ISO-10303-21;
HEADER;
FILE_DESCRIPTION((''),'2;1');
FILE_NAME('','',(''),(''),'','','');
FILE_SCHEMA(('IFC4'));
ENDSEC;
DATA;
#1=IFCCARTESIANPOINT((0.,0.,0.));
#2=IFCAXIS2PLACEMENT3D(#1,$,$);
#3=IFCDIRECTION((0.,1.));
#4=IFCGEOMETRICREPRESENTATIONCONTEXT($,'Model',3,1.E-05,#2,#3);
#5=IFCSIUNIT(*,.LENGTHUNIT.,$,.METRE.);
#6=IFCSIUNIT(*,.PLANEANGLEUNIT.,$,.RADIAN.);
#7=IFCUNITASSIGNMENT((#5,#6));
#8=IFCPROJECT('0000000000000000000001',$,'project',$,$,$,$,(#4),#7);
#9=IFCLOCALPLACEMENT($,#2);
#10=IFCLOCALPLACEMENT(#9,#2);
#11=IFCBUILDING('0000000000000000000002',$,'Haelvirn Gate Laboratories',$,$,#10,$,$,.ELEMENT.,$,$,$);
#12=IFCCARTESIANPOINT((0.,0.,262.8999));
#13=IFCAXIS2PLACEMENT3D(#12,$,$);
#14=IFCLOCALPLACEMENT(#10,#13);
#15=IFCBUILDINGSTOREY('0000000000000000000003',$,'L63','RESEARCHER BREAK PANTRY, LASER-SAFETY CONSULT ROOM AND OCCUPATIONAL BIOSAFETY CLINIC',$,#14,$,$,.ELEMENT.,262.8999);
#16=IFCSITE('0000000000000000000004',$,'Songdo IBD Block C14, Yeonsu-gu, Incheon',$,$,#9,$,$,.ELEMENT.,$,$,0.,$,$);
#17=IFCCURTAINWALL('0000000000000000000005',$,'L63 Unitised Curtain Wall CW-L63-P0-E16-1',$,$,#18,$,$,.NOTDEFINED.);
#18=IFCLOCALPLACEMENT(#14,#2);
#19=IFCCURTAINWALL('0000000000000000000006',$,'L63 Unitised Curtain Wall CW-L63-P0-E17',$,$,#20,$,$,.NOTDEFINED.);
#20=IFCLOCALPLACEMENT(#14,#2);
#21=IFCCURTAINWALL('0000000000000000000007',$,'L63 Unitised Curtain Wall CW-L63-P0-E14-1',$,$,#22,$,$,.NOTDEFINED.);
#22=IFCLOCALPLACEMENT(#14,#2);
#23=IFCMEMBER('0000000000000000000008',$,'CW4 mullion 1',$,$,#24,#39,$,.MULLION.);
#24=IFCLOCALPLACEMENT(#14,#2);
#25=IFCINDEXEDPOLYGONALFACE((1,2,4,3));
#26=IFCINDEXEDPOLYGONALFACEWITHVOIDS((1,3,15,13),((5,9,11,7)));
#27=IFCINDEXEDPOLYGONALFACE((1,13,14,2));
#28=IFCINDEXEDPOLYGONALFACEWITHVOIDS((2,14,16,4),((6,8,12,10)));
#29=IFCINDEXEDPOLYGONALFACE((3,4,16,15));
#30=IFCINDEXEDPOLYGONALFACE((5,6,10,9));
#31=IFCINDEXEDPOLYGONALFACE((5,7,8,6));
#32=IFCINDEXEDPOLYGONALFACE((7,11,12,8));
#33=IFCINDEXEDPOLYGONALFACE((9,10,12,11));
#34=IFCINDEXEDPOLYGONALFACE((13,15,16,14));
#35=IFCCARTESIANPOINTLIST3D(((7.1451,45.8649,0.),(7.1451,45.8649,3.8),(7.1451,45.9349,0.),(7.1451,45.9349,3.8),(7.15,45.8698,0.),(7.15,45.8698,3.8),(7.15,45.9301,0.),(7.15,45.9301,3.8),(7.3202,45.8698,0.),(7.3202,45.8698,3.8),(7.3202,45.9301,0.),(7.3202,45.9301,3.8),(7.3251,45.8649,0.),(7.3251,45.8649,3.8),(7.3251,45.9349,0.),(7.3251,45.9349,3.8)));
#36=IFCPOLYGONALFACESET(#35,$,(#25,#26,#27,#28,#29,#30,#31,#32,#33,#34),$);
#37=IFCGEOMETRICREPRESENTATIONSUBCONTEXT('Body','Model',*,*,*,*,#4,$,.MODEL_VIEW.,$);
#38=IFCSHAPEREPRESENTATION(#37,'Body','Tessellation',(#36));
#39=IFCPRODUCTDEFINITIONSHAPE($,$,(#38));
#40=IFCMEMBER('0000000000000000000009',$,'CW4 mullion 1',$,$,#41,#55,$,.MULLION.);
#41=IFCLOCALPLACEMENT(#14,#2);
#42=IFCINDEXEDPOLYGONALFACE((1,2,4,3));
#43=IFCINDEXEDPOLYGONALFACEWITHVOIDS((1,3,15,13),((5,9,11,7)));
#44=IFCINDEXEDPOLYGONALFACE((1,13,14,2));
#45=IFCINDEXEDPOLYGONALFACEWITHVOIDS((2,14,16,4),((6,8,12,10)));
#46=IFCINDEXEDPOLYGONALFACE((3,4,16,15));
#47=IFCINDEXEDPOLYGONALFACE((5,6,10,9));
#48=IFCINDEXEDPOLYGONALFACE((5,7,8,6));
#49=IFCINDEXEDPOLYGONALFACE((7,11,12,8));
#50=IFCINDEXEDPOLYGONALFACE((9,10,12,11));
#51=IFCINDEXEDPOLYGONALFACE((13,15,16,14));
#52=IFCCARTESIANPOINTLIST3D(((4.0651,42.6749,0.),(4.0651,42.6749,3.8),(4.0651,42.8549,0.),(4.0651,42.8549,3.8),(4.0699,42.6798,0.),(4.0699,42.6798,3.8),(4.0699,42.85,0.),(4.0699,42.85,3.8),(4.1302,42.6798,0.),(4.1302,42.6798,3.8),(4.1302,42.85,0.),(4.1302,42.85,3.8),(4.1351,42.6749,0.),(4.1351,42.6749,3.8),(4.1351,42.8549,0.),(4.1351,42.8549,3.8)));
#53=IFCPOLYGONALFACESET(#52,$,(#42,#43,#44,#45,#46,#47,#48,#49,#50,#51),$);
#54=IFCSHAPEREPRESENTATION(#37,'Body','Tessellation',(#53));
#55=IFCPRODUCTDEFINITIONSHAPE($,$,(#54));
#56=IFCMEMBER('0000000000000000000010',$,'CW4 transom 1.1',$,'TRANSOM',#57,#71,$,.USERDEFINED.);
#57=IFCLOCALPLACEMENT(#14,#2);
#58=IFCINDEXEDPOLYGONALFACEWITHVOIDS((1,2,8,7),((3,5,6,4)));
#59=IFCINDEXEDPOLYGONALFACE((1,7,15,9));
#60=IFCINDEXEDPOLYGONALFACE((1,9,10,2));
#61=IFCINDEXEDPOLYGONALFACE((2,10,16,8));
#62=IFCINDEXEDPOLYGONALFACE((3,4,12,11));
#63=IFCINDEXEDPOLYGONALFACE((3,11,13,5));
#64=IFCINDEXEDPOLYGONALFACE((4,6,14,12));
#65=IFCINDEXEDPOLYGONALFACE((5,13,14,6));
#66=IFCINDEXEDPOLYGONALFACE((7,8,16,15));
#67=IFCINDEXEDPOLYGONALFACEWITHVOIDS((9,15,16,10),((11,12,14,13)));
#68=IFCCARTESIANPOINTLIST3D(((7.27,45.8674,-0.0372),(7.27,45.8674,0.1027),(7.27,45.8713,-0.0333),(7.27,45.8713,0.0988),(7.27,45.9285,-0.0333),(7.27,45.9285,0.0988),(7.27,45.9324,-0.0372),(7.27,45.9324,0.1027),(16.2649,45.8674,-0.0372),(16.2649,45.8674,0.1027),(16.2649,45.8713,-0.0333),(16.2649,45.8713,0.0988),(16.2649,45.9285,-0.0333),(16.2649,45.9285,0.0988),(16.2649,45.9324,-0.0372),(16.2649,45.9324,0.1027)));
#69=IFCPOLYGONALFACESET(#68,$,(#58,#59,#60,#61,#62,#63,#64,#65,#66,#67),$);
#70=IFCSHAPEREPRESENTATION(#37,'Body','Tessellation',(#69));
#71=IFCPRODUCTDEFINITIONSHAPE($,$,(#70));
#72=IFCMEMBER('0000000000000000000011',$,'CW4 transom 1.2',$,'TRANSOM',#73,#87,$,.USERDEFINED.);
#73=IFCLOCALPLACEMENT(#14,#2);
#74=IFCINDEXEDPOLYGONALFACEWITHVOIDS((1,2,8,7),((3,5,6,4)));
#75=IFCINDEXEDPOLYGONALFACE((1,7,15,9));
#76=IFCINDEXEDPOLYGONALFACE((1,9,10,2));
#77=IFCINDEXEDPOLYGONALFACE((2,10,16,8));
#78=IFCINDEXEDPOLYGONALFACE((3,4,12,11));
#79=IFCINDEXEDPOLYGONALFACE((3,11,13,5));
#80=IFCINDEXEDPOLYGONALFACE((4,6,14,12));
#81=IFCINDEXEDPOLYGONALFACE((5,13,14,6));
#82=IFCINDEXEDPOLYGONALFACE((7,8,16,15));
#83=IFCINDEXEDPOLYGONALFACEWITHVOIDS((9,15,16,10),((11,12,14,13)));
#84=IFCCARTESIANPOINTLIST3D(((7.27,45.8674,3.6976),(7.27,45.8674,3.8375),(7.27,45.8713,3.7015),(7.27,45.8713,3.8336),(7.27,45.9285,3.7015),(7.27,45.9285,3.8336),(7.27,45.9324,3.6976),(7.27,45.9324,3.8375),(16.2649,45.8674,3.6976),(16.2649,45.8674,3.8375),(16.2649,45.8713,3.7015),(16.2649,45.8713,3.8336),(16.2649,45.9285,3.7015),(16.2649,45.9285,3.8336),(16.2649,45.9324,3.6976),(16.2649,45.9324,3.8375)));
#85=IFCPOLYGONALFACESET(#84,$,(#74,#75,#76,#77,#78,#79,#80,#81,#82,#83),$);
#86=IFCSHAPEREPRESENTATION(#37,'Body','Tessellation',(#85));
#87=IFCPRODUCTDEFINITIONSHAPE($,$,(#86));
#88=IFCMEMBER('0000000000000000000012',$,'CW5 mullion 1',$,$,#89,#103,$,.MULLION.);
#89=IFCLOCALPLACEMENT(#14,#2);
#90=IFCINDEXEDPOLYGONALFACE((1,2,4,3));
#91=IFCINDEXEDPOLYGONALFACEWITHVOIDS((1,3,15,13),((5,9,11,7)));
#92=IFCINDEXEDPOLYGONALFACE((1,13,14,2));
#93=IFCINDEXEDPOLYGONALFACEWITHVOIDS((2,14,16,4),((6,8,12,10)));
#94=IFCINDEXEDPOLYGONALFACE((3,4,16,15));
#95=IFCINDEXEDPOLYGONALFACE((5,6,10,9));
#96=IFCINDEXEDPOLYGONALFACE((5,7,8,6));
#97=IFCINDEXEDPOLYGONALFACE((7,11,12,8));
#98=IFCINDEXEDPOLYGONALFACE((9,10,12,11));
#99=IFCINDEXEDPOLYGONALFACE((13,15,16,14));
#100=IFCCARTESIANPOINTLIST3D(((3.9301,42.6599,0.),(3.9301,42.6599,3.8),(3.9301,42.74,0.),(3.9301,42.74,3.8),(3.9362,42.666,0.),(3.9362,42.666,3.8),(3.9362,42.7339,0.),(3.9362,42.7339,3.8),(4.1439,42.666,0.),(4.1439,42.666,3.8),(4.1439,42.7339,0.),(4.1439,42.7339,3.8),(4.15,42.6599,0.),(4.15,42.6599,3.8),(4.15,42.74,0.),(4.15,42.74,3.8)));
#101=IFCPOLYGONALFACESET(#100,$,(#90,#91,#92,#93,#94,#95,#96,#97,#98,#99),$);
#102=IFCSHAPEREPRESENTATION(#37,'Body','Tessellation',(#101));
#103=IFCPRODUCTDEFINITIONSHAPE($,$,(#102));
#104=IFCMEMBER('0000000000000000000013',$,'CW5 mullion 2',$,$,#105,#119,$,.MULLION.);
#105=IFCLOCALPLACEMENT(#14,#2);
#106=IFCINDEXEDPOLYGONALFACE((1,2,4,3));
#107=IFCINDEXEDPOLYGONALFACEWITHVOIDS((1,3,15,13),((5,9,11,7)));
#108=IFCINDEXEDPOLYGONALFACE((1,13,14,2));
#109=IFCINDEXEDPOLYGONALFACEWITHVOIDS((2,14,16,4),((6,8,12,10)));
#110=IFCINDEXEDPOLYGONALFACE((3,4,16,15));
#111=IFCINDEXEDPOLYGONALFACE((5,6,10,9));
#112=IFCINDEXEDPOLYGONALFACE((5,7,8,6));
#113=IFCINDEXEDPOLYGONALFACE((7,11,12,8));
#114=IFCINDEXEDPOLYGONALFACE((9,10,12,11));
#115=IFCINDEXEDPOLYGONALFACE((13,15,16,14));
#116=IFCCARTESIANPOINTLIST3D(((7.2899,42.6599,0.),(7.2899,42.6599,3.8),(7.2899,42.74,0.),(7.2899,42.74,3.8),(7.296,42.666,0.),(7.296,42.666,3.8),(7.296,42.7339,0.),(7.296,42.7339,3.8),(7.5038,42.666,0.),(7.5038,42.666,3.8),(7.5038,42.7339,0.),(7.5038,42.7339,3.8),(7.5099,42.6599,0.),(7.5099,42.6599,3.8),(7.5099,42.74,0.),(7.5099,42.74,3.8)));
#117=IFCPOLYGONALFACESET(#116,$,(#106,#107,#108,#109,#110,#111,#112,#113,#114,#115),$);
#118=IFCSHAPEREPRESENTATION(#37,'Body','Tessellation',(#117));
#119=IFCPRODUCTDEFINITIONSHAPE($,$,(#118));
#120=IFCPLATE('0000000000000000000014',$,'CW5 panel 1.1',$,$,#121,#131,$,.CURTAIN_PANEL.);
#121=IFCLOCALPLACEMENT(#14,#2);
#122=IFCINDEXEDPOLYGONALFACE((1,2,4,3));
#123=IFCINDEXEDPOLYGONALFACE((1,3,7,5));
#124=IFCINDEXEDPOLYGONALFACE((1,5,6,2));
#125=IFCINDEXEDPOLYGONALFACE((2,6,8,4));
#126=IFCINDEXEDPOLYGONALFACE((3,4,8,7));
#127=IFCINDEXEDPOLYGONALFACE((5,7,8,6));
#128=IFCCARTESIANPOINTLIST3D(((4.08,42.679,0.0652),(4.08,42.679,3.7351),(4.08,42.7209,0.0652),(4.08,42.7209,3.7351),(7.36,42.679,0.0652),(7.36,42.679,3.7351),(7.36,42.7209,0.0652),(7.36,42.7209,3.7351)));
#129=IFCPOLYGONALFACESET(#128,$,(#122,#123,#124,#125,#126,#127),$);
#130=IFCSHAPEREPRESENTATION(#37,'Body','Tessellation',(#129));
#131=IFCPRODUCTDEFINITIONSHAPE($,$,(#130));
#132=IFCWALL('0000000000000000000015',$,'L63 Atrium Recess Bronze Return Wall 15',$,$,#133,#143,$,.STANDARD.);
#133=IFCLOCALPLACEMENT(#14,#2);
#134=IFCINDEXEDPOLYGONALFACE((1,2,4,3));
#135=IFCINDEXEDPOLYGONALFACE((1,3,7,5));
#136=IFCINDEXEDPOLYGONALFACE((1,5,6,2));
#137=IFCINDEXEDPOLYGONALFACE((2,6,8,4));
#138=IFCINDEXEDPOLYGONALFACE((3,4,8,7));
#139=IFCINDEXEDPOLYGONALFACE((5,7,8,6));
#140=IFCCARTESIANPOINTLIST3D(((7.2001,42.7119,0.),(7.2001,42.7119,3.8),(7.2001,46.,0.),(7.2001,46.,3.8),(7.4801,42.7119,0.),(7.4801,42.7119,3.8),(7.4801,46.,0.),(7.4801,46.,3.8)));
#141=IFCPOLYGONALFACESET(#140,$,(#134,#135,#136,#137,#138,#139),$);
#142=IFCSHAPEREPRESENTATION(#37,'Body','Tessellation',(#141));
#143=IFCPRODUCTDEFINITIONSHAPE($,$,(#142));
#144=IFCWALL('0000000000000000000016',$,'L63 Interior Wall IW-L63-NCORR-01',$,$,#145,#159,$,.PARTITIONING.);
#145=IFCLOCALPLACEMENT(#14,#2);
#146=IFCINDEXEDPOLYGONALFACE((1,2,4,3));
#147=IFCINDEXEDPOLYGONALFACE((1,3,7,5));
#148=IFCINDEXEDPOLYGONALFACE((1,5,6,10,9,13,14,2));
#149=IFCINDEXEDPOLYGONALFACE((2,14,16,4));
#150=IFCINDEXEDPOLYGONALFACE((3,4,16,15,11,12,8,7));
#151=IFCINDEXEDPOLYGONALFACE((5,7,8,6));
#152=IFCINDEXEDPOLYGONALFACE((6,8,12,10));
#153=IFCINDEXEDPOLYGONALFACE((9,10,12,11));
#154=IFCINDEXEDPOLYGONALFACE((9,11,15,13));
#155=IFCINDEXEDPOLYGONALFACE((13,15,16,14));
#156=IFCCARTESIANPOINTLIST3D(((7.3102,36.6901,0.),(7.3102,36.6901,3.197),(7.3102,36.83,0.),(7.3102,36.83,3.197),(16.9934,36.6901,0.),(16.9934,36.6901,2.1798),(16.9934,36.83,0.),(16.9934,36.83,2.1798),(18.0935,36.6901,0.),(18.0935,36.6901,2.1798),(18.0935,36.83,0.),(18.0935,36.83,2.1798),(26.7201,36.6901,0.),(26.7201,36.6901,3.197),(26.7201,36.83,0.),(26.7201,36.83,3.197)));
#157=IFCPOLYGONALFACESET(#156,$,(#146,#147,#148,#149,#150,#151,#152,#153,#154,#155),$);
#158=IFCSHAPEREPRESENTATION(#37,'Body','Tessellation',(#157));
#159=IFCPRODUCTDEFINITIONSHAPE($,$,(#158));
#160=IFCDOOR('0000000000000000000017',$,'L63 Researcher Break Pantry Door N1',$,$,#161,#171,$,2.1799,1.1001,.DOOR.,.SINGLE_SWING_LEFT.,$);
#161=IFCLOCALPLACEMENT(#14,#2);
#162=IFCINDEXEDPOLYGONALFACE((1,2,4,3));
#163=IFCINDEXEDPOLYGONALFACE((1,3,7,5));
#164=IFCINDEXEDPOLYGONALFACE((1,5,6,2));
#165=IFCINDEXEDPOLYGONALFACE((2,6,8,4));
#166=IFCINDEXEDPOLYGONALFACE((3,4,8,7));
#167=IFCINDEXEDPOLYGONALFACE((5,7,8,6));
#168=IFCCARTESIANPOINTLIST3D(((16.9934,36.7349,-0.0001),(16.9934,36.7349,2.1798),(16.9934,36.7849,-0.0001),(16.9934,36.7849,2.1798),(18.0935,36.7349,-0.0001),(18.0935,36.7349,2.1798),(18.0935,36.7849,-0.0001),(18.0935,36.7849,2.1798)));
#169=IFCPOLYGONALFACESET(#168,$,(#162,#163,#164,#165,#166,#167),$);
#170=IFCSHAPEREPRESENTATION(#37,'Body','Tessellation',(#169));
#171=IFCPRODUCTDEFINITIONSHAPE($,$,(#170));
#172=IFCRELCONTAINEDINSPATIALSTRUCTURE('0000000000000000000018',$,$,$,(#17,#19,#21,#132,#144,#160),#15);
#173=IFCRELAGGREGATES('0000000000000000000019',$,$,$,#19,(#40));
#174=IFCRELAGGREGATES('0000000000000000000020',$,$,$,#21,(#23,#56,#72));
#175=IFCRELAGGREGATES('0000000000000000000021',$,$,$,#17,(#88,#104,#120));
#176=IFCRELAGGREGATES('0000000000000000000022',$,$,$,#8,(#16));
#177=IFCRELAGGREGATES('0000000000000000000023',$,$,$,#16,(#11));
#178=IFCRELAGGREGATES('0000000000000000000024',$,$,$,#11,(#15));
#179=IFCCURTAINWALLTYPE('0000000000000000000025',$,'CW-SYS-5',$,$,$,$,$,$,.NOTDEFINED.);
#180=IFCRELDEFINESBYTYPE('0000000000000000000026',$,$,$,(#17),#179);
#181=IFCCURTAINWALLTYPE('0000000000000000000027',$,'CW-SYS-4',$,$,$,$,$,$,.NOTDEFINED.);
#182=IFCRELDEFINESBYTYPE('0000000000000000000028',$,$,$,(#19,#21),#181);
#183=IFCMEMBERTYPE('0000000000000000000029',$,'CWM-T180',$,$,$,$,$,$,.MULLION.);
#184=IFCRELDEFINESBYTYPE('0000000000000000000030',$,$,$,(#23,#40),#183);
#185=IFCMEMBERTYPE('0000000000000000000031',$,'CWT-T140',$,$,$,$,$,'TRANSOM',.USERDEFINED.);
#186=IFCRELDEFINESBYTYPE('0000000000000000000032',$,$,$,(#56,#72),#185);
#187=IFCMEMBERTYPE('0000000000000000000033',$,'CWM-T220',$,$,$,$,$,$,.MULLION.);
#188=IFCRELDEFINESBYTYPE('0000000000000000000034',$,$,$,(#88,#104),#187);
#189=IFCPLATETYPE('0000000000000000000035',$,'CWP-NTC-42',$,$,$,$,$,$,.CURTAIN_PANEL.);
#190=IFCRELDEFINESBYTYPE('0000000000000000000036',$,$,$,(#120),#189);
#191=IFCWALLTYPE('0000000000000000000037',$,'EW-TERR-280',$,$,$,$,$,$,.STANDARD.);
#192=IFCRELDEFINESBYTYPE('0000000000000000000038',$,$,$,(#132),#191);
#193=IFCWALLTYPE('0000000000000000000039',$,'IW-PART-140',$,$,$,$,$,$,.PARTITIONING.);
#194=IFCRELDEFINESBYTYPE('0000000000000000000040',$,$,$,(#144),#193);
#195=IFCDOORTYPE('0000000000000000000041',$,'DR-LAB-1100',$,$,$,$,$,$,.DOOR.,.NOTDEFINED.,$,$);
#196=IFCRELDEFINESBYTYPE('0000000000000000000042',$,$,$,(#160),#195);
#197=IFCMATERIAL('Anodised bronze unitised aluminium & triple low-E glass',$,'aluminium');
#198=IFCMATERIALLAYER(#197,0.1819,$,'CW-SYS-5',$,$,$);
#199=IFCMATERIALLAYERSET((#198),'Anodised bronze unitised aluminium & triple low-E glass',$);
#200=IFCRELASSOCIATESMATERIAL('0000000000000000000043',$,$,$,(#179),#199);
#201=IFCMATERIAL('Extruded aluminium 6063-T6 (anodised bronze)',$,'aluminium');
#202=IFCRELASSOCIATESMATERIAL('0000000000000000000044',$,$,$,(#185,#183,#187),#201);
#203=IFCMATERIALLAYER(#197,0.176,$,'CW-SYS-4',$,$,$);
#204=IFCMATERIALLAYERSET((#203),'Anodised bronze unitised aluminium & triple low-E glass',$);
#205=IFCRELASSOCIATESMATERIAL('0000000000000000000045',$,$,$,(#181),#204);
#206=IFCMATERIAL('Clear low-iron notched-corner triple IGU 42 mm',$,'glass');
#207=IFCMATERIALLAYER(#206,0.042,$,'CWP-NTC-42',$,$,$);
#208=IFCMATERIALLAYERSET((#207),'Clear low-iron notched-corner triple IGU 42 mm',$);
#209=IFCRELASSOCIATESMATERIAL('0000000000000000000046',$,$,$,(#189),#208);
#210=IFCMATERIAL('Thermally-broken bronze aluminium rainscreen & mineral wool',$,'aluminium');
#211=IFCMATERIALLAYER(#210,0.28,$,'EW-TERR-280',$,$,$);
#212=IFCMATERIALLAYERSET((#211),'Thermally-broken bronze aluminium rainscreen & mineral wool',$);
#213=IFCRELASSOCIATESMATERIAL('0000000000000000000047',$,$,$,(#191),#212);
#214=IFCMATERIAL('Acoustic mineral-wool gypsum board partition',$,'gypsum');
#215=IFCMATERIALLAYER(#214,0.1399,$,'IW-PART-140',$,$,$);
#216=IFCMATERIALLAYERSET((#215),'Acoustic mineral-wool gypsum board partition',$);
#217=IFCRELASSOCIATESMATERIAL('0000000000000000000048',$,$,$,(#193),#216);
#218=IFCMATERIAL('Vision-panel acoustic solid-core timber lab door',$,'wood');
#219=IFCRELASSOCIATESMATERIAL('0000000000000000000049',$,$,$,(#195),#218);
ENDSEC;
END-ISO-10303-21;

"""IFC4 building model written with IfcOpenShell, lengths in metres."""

from ifc_helpers import new_model, si_unit, direction, frame, frame_2d, origin, origin_2d, place, context, subcontext, project, spatial, rectangle, hollow_rectangle, extrude, source, transform, mapped, material, layer, layer_set, material_profile, profile_set, type_object, type_shapes, element, fill, aggregate, save


model = new_model("IFC4")

# Units and contexts
model_context = context("Model", 3, precision=1e-05, world=origin(), true_north=direction((0.0, 1.0)))
body_context = subcontext(model_context, "Body", "Model", "MODEL_VIEW")
ifc_project = project(units=[si_unit("LENGTHUNIT", "METRE"), si_unit("PLANEANGLEUNIT", "RADIAN")], contexts=[model_context])

# Site, building, storey
site_placement = place(None, origin())
site = spatial("IfcSite", under=ifc_project, at=site_placement, Name="Songdo IBD Block C14, Yeonsu-gu, Incheon", CompositionType="ELEMENT", RefElevation=0.0)
building_placement = place(site_placement, origin())
building = spatial("IfcBuilding", under=site, at=building_placement, Name="Haelvirn Gate Laboratories", CompositionType="ELEMENT")
storey_placement = place(building_placement, frame((0.0, 0.0, 262.8999)))
storey = spatial("IfcBuildingStorey", under=building, at=storey_placement, Name="L63", Description="RESEARCHER BREAK PANTRY, LASER-SAFETY CONSULT ROOM AND OCCUPATIONAL BIOSAFETY CLINIC", CompositionType="ELEMENT", Elevation=262.8999)

# Curtain walls
ifc_material_1 = material(Name="Anodised bronze unitised aluminium & triple low-E glass", Category="aluminium")
ifc_layer_1 = layer(ifc_material_1, 0.1819, Name="CW-SYS-5")
ifc_layer_set_1 = layer_set([ifc_layer_1], Name="Anodised bronze unitised aluminium & triple low-E glass")
curtain_wall_type_1 = type_object("IfcCurtainWallType", Name="CW-SYS-5", PredefinedType="NOTDEFINED", material=ifc_layer_set_1)
curtain_wall_1_placement = place(storey_placement, origin())
curtain_wall_1 = element("IfcCurtainWall", 1, at=curtain_wall_1_placement, inside=storey, type_object=curtain_wall_type_1, Name="L63 Unitised Curtain Wall CW-L63-P0-E16-1", PredefinedType="NOTDEFINED")
ifc_material_2 = material(Name="Extruded aluminium 6063-T6 (anodised bronze)", Category="aluminium")
ifc_material_profile_1 = material_profile(ifc_material_2, hollow_rectangle(XDim=0.0649, YDim=0.1399, WallThickness=0.0039, at=origin_2d()), Name="CWT-140x65x4")
ifc_profile_set_1 = profile_set([ifc_material_profile_1], Name="Extruded aluminium 6063-T6 (anodised bronze)")
member_type_1 = type_object("IfcMemberType", Name="CWT-T140", ElementType="TRANSOM", PredefinedType="USERDEFINED", material=ifc_profile_set_1)
ifc_layer_2 = layer(ifc_material_1, 0.176, Name="CW-SYS-4")
ifc_layer_set_2 = layer_set([ifc_layer_2], Name="Anodised bronze unitised aluminium & triple low-E glass")
curtain_wall_type_2 = type_object("IfcCurtainWallType", Name="CW-SYS-4", PredefinedType="NOTDEFINED", material=ifc_layer_set_2)
curtain_wall_2_placement = place(storey_placement, origin())
curtain_wall_2 = element("IfcCurtainWall", 2, at=curtain_wall_2_placement, inside=storey, type_object=curtain_wall_type_2, Name="L63 Unitised Curtain Wall CW-L63-P0-E17", PredefinedType="NOTDEFINED")

# Curtain wall, member
curtain_wall_3_placement = place(storey_placement, origin())
curtain_wall_3 = element("IfcCurtainWall", 3, at=curtain_wall_3_placement, inside=storey, type_object=curtain_wall_type_2, Name="L63 Unitised Curtain Wall CW-L63-P0-E14-1", PredefinedType="NOTDEFINED")
ifc_material_profile_2 = material_profile(ifc_material_2, hollow_rectangle(XDim=0.0701, YDim=0.1799, WallThickness=0.0049, at=origin_2d()), Name="CWM-180x70x5")
ifc_profile_set_2 = profile_set([ifc_material_profile_2], Name="Extruded aluminium 6063-T6 (anodised bronze)")
member_type_2 = type_object("IfcMemberType", Name="CWM-T180", PredefinedType="MULLION", material=ifc_profile_set_2)
shared_shape_1 = source(origin(), body_context, "Body", "SweptSolid", [
    extrude(hollow_rectangle(XDim=0.0701, YDim=0.1799, WallThickness=0.0049, at=origin_2d()), origin(), (0.0, 0.0, 1.0), 3.8),
])
type_shapes(member_type_2, [shared_shape_1])
member_1_placement = place(storey_placement, frame((7.2351, 45.8999, 0.0), z_axis=(0.0, 0.0, 1.0), x_axis=(0.0, 1.0, 0.0)))
member_1 = element("IfcMember", 4, at=member_1_placement, type_object=member_type_2, Name="CW4 mullion 1", PredefinedType="MULLION", context=body_context, shape_type="MappedRepresentation", body=[
    mapped(shared_shape_1, transform((0.0, 0.0, 0.0), scale=1.0)),
])

# Members
member_2_placement = place(storey_placement, frame((4.1001, 42.7649, 0.0), z_axis=(0.0, 0.0, 1.0), x_axis=(1.0, 0.0, 0.0)))
member_2 = element("IfcMember", 5, at=member_2_placement, type_object=member_type_2, Name="CW4 mullion 1", PredefinedType="MULLION", context=body_context, shape_type="MappedRepresentation", body=[
    mapped(shared_shape_1, transform((0.0, 0.0, 0.0), scale=1.0)),
])
aggregate(curtain_wall_2, [member_2])
shared_shape_2 = source(origin(), body_context, "Body", "SweptSolid", [
    extrude(hollow_rectangle(XDim=0.0649, YDim=0.1399, WallThickness=0.0039, at=origin_2d()), origin(), (0.0, 0.0, 1.0), 8.9949),
])
member_3_placement = place(storey_placement, frame((7.27, 45.8999, 0.0327), z_axis=(1.0, 0.0, 0.0), x_axis=(0.0, 1.0, 0.0)))
member_3 = element("IfcMember", 6, at=member_3_placement, type_object=member_type_1, Name="CW4 transom 1.1", ObjectType="TRANSOM", PredefinedType="USERDEFINED", context=body_context, shape_type="MappedRepresentation", body=[
    mapped(shared_shape_2, transform((0.0, 0.0, 0.0), scale=1.0)),
])
member_4_placement = place(storey_placement, frame((7.27, 45.8999, 3.7676), z_axis=(1.0, 0.0, 0.0), x_axis=(0.0, 1.0, 0.0)))
member_4 = element("IfcMember", 7, at=member_4_placement, type_object=member_type_1, Name="CW4 transom 1.2", ObjectType="TRANSOM", PredefinedType="USERDEFINED", context=body_context, shape_type="MappedRepresentation", body=[
    mapped(shared_shape_2, transform((0.0, 0.0, 0.0), scale=1.0)),
])
aggregate(curtain_wall_3, [member_1, member_3, member_4])
ifc_material_profile_3 = material_profile(ifc_material_2, hollow_rectangle(XDim=0.0801, YDim=0.22, WallThickness=0.0061, at=origin_2d()), Name="CWM-220x80x6")
ifc_profile_set_3 = profile_set([ifc_material_profile_3], Name="Extruded aluminium 6063-T6 (anodised bronze)")
member_type_3 = type_object("IfcMemberType", Name="CWM-T220", PredefinedType="MULLION", material=ifc_profile_set_3)
shared_shape_3 = source(origin(), body_context, "Body", "SweptSolid", [
    extrude(hollow_rectangle(XDim=0.0801, YDim=0.22, WallThickness=0.0061, at=origin_2d()), origin(), (0.0, 0.0, 1.0), 3.8),
])
type_shapes(member_type_3, [shared_shape_3])
member_5_placement = place(storey_placement, frame((4.04, 42.7, 0.0), z_axis=(0.0, 0.0, 1.0), x_axis=(0.0, 1.0, 0.0)))
member_5 = element("IfcMember", 8, at=member_5_placement, type_object=member_type_3, Name="CW5 mullion 1", PredefinedType="MULLION", context=body_context, shape_type="MappedRepresentation", body=[
    mapped(shared_shape_3, transform((0.0, 0.0, 0.0), scale=1.0)),
])
member_6_placement = place(storey_placement, frame((7.3999, 42.7, 0.0), z_axis=(0.0, 0.0, 1.0), x_axis=(0.0, 1.0, 0.0)))
member_6 = element("IfcMember", 9, at=member_6_placement, type_object=member_type_3, Name="CW5 mullion 2", PredefinedType="MULLION", context=body_context, shape_type="MappedRepresentation", body=[
    mapped(shared_shape_3, transform((0.0, 0.0, 0.0), scale=1.0)),
])

# Plate
ifc_material_3 = material(Name="Clear low-iron notched-corner triple IGU 42 mm", Category="glass")
ifc_layer_3 = layer(ifc_material_3, 0.042, Name="CWP-NTC-42")
ifc_layer_set_3 = layer_set([ifc_layer_3], Name="Clear low-iron notched-corner triple IGU 42 mm")
plate_type = type_object("IfcPlateType", Name="CWP-NTC-42", PredefinedType="CURTAIN_PANEL", material=ifc_layer_set_3)
shared_shape_4 = source(origin(), body_context, "Body", "SweptSolid", [
    extrude(rectangle(XDim=3.28, YDim=0.042, at=origin_2d()), origin(), (0.0, 0.0, 1.0), 3.6699),
])
type_shapes(plate_type, [shared_shape_4])
plate_placement = place(storey_placement, frame((5.72, 42.7, 0.0652), z_axis=(0.0, 0.0, 1.0), x_axis=(1.0, 0.0, 0.0)))
plate = element("IfcPlate", 10, at=plate_placement, type_object=plate_type, Name="CW5 panel 1.1", PredefinedType="CURTAIN_PANEL", context=body_context, shape_type="MappedRepresentation", body=[
    mapped(shared_shape_4, transform((0.0, 0.0, 0.0), scale=1.0)),
])
aggregate(curtain_wall_1, [member_5, member_6, plate])

# Wall
ifc_material_4 = material(Name="Thermally-broken bronze aluminium rainscreen & mineral wool", Category="aluminium")
ifc_layer_4 = layer(ifc_material_4, 0.28, Name="EW-TERR-280")
ifc_layer_set_4 = layer_set([ifc_layer_4], Name="Thermally-broken bronze aluminium rainscreen & mineral wool")
wall_type_1 = type_object("IfcWallType", Name="EW-TERR-280", PredefinedType="STANDARD", material=ifc_layer_set_4)
wall_1_placement = place(storey_placement, frame((7.3401, 46.0, 0.0), z_axis=(0.0, 0.0, 1.0), x_axis=(0.0, -1.0, 0.0)))
element("IfcWall", 11, at=wall_1_placement, inside=storey, type_object=wall_type_1, Name="L63 Atrium Recess Bronze Return Wall 15", PredefinedType="STANDARD", context=body_context, shape_type="SweptSolid", body=[
    extrude(rectangle(XDim=3.2881, YDim=0.28, at=frame_2d((1.644, 0.0))), origin(), (0.0, 0.0, 1.0), 3.8),
])

# Wall, opening, door
ifc_material_5 = material(Name="Acoustic mineral-wool gypsum board partition", Category="gypsum")
ifc_layer_5 = layer(ifc_material_5, 0.1399, Name="IW-PART-140")
ifc_layer_set_5 = layer_set([ifc_layer_5], Name="Acoustic mineral-wool gypsum board partition")
wall_type_2 = type_object("IfcWallType", Name="IW-PART-140", PredefinedType="PARTITIONING", material=ifc_layer_set_5)
wall_2_placement = place(storey_placement, frame((7.3101, 36.76, 0.0), z_axis=(0.0, 0.0, 1.0), x_axis=(1.0, 0.0, 0.0)))
wall_2 = element("IfcWall", 12, at=wall_2_placement, inside=storey, type_object=wall_type_2, Name="L63 Interior Wall IW-L63-NCORR-01", PredefinedType="PARTITIONING", context=body_context, shape_type="SweptSolid", body=[
    extrude(rectangle(XDim=19.4099, YDim=0.1399, at=frame_2d((9.7051, 0.0))), origin(), (0.0, 0.0, 1.0), 3.197),
])
opening_1_placement = place(wall_2_placement, frame((9.6833, 0.0, 0.0)))
opening_1 = element("IfcOpeningElement", 13, at=opening_1_placement, cuts=wall_2, PredefinedType="OPENING", context=body_context, shape_type="SweptSolid", body=[
    extrude(rectangle(XDim=1.1001, YDim=2.1799, at=frame_2d((0.55, 1.0898))), frame((0.0, 0.0801, 0.0), z_axis=(0.0, -1.0, 0.0), x_axis=(1.0, 0.0, 0.0)), (0.0, 0.0, 1.0), 0.1599),
])
ifc_material_6 = material(Name="Vision-panel acoustic solid-core timber lab door", Category="wood")
door_type_1 = type_object("IfcDoorType", Name="DR-LAB-1100", OperationType="NOTDEFINED", PredefinedType="DOOR", material=ifc_material_6)
shared_shape_5 = source(origin(), body_context, "Body", "SweptSolid", [
    extrude(rectangle(XDim=1.1001, YDim=2.1799, at=frame_2d((0.55, 1.0898))), frame((0.0, 0.0249, 0.0), z_axis=(0.0, -1.0, 0.0), x_axis=(1.0, 0.0, 0.0)), (0.0, 0.0, 1.0), 0.05),
])
type_shapes(door_type_1, [shared_shape_5])
door_1_placement = place(opening_1_placement, origin())
door_1 = element("IfcDoor", 14, at=door_1_placement, inside=storey, type_object=door_type_1, Name="L63 Researcher Break Pantry Door N1", OperationType="SINGLE_SWING_LEFT", OverallHeight=2.1799, OverallWidth=1.1001, PredefinedType="DOOR", context=body_context, shape_type="MappedRepresentation", body=[
    mapped(shared_shape_5, transform((0.0, 0.0, 0.0), scale=1.0)),
])
fill(opening_1, door_1)

save(model, "model.ifc")
